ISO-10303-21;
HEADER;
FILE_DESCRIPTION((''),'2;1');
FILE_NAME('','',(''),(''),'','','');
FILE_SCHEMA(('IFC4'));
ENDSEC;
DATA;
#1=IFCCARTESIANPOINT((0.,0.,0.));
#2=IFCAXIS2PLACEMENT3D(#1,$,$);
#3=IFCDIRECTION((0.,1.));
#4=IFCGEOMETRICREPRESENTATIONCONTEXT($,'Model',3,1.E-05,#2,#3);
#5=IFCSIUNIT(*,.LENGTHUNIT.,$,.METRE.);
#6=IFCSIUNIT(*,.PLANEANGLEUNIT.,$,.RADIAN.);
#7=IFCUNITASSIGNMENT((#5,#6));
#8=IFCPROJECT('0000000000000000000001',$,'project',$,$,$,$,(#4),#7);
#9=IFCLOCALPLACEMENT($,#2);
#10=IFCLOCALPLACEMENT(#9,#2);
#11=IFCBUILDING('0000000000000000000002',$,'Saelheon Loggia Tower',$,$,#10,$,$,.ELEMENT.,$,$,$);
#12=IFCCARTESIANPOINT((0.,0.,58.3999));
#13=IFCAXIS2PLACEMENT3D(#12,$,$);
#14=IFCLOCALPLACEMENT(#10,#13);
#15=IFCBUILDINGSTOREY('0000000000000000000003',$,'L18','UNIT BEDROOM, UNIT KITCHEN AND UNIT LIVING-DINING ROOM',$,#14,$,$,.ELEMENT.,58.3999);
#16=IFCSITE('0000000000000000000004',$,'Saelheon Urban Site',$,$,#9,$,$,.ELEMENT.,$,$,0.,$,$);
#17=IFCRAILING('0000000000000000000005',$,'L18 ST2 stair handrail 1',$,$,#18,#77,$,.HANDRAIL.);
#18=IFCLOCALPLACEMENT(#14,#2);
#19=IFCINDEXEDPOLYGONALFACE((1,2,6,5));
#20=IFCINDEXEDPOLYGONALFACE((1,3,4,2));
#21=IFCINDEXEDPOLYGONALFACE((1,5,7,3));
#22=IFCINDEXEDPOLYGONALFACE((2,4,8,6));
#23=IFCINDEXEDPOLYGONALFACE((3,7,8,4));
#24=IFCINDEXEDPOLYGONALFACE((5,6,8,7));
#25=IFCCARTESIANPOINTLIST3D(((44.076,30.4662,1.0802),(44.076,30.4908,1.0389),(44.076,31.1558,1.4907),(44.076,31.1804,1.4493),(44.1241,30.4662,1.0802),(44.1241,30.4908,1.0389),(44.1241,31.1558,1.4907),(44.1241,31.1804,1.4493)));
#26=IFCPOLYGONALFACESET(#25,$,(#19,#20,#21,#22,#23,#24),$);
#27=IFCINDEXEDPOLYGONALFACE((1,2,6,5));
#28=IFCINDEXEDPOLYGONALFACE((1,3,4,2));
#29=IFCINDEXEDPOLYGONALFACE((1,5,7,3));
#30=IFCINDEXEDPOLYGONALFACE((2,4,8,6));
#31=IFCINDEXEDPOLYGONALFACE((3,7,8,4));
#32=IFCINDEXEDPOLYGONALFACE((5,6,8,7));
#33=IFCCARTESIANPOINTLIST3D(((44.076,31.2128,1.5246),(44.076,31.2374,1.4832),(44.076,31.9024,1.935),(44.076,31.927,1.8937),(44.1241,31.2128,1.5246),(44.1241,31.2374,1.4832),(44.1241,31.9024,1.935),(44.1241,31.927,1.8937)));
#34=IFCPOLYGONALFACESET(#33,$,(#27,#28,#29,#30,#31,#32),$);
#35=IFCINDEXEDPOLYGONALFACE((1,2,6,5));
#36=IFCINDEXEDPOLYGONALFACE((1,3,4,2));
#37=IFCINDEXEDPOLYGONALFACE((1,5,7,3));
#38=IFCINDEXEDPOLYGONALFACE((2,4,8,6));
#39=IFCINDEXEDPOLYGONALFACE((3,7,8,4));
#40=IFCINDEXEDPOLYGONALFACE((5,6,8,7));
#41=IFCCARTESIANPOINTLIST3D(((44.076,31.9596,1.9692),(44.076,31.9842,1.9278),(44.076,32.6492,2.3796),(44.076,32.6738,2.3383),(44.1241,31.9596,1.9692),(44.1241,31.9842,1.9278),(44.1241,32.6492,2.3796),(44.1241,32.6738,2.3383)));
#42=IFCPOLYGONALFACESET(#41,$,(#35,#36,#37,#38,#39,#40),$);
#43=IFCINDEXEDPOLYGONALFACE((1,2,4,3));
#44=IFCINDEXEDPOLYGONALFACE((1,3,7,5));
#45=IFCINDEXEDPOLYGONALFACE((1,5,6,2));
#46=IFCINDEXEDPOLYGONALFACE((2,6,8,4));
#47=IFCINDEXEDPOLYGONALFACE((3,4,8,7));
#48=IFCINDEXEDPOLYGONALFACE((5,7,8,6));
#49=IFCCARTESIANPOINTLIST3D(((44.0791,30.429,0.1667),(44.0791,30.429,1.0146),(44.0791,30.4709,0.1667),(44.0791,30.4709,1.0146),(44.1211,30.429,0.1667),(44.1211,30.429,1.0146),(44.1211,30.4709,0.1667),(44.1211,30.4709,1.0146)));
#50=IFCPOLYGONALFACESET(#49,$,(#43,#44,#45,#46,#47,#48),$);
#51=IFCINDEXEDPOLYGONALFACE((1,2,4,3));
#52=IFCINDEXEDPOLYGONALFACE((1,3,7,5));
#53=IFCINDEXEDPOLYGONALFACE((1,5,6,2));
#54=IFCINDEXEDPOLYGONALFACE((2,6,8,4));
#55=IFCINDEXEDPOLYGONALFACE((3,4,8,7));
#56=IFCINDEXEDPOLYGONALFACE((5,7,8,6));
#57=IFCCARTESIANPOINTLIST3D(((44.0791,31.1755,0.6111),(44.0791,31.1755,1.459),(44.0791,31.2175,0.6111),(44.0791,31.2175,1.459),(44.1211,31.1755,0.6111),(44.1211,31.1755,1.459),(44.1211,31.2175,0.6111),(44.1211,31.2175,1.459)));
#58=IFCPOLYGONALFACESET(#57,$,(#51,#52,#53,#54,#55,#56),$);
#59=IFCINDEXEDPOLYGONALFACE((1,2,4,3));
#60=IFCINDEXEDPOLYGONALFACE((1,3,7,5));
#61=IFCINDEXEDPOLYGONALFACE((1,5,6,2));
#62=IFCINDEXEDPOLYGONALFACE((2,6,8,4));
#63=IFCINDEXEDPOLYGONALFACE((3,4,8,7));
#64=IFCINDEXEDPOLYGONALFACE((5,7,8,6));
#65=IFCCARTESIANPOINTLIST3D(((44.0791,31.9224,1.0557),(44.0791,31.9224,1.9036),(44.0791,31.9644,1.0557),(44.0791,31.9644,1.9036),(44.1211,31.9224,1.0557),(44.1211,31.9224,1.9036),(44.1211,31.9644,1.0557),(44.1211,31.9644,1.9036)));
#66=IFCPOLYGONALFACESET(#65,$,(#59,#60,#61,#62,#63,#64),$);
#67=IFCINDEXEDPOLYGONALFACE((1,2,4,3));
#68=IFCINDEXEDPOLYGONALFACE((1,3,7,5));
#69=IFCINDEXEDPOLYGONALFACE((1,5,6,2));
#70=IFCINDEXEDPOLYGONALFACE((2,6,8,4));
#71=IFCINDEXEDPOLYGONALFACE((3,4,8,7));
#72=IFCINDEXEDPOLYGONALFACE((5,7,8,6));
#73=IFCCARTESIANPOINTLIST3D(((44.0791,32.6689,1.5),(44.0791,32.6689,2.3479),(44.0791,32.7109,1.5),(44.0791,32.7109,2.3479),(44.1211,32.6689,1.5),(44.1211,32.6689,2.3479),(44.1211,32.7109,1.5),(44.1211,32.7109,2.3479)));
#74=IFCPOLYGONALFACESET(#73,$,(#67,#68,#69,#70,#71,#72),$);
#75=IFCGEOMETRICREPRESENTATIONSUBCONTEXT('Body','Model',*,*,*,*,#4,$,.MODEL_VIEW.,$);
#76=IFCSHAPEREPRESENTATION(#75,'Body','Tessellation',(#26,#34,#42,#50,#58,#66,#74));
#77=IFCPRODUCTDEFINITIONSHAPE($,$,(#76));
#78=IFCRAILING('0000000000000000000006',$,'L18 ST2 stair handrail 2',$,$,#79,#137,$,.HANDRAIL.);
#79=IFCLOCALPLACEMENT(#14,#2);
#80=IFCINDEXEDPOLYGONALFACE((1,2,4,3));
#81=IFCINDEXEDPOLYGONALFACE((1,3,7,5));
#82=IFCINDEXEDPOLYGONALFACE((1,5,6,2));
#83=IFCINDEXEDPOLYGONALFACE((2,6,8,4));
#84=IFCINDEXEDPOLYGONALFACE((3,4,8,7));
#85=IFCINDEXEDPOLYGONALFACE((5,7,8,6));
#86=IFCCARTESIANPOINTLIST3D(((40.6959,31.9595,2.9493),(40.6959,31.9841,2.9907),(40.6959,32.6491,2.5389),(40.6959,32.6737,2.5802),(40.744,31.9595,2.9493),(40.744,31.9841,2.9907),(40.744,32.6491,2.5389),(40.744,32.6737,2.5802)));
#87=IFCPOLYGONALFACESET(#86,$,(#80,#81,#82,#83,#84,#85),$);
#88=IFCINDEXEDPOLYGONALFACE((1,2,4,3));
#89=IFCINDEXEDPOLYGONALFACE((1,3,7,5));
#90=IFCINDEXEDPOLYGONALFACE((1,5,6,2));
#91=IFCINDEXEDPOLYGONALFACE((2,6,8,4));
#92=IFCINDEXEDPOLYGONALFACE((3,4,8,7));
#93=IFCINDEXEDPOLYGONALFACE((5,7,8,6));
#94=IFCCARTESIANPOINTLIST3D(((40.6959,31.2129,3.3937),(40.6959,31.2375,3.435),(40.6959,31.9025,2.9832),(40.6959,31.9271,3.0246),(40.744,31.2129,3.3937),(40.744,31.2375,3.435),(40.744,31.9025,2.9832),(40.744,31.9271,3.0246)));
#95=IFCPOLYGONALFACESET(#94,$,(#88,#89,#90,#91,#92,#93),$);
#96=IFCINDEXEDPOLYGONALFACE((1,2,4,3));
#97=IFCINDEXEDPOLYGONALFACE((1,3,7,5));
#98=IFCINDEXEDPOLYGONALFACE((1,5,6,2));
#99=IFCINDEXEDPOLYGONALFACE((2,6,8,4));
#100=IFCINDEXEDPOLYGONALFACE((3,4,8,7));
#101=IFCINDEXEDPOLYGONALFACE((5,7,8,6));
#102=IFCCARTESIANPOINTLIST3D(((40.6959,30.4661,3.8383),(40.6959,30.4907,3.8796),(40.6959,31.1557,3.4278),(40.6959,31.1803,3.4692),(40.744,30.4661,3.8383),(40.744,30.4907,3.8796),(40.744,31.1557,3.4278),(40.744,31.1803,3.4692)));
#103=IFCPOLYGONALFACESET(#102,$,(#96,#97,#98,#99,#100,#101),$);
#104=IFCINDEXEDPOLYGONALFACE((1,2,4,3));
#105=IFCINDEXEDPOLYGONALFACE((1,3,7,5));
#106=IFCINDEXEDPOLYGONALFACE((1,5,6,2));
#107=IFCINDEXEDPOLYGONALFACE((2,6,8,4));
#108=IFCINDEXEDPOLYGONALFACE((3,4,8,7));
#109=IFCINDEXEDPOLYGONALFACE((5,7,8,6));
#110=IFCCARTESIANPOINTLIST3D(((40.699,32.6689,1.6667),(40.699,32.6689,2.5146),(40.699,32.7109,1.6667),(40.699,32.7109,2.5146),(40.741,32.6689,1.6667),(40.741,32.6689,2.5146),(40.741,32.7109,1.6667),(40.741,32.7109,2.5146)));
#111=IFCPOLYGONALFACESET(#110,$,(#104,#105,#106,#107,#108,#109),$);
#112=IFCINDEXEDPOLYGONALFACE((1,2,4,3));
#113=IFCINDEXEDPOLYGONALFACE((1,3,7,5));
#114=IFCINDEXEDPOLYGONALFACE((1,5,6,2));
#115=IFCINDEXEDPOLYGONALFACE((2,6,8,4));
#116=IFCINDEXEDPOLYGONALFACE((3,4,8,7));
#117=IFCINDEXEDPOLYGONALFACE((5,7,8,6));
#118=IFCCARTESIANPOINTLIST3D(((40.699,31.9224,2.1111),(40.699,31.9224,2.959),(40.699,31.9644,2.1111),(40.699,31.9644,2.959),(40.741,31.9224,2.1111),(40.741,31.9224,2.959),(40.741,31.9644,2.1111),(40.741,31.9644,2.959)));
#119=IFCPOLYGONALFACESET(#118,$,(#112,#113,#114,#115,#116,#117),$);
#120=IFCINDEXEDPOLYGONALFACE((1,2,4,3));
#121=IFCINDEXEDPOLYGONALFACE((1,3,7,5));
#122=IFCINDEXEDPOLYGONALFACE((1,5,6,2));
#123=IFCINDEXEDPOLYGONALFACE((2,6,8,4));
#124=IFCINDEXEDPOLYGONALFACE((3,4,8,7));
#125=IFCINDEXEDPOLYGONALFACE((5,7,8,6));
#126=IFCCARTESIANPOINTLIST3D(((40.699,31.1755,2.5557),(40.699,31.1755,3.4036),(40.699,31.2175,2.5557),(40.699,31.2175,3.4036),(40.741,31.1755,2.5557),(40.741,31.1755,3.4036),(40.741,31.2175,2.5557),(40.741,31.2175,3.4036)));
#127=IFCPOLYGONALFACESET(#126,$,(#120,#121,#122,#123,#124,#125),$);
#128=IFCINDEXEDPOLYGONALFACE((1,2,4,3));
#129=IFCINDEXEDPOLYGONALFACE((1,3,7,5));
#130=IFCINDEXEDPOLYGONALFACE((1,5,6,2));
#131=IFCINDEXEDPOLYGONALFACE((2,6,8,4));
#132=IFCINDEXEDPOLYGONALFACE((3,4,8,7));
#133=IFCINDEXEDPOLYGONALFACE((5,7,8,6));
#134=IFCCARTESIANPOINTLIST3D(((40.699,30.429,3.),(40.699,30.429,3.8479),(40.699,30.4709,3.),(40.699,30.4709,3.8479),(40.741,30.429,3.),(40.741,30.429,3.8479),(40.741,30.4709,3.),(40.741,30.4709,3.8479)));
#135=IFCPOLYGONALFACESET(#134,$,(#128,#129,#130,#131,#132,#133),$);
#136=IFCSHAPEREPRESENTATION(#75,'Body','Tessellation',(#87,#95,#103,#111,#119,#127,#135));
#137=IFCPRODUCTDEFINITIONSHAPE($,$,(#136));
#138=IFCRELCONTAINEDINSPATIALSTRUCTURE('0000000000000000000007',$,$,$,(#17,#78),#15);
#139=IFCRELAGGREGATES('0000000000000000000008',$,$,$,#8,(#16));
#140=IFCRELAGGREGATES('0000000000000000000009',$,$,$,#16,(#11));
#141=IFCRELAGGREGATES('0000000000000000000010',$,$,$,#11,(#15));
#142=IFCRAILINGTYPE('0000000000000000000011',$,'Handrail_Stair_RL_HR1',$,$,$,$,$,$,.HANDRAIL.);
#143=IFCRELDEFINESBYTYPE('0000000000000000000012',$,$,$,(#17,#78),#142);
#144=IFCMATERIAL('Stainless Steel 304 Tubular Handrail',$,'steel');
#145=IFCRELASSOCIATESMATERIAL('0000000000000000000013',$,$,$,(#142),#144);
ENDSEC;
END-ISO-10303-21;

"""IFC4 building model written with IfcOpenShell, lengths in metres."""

from ifc_helpers import new_model, si_unit, direction, frame, origin, origin_2d, place, context, subcontext, project, spatial, rectangle, extrude, material, type_object, element, save


model = new_model("IFC4")

# Units and contexts
model_context = context("Model", 3, precision=1e-05, world=origin(), true_north=direction((0.0, 1.0)))
body_context = subcontext(model_context, "Body", "Model", "MODEL_VIEW")
ifc_project = project(units=[si_unit("LENGTHUNIT", "METRE"), si_unit("PLANEANGLEUNIT", "RADIAN")], contexts=[model_context])

# Site, building, storey
site_placement = place(None, origin())
site = spatial("IfcSite", under=ifc_project, at=site_placement, Name="Saelheon Urban Site", CompositionType="ELEMENT", RefElevation=0.0)
building_placement = place(site_placement, origin())
building = spatial("IfcBuilding", under=site, at=building_placement, Name="Saelheon Loggia Tower", CompositionType="ELEMENT")
storey_placement = place(building_placement, frame((0.0, 0.0, 58.3999)))
storey = spatial("IfcBuildingStorey", under=building, at=storey_placement, Name="L18", Description="UNIT BEDROOM, UNIT KITCHEN AND UNIT LIVING-DINING ROOM", CompositionType="ELEMENT", Elevation=58.3999)

# Railings
ifc_material_1 = material(Name="Stainless Steel 304 Tubular Handrail", Category="steel")
railing_type_1 = type_object("IfcRailingType", Name="Handrail_Stair_RL_HR1", PredefinedType="HANDRAIL", material=ifc_material_1)
railing_1_placement = place(storey_placement, frame((44.1001, 30.45, 0.1667)))
element("IfcRailing", 1, at=railing_1_placement, inside=storey, type_object=railing_type_1, Name="L18 ST2 stair handrail 1", PredefinedType="HANDRAIL", context=body_context, shape_type="SweptSolid", body=[
    extrude(rectangle(XDim=0.0481, YDim=0.0481, at=origin_2d()), frame((0.0, 0.0286, 0.8928), z_axis=(0.0, 0.859306, 0.511462), x_axis=(-1.0, 0.0, 0.0)), (0.0, 0.0, 1.0), 0.8025),
    extrude(rectangle(XDim=0.0481, YDim=0.0481, at=origin_2d()), frame((0.0, 0.7751, 1.3372), z_axis=(0.0, 0.859306, 0.511462), x_axis=(-1.0, 0.0, 0.0)), (0.0, 0.0, 1.0), 0.8025),
    extrude(rectangle(XDim=0.0481, YDim=0.0481, at=origin_2d()), frame((0.0, 1.522, 1.7817), z_axis=(0.0, 0.859306, 0.511462), x_axis=(-1.0, 0.0, 0.0)), (0.0, 0.0, 1.0), 0.8025),
    extrude(rectangle(XDim=0.042, YDim=0.042, at=origin_2d()), origin(), (0.0, 0.0, 1.0), 0.8479),
    extrude(rectangle(XDim=0.042, YDim=0.042, at=origin_2d()), frame((0.0, 0.7466, 0.4443)), (0.0, 0.0, 1.0), 0.8479),
    extrude(rectangle(XDim=0.042, YDim=0.042, at=origin_2d()), frame((0.0, 1.4934, 0.8889)), (0.0, 0.0, 1.0), 0.8479),
    extrude(rectangle(XDim=0.042, YDim=0.042, at=origin_2d()), frame((0.0, 2.24, 1.3333)), (0.0, 0.0, 1.0), 0.8479),
])
railing_2_placement = place(storey_placement, frame((40.72, 32.6899, 1.6667)))
element("IfcRailing", 2, at=railing_2_placement, inside=storey, type_object=railing_type_1, Name="L18 ST2 stair handrail 2", PredefinedType="HANDRAIL", context=body_context, shape_type="SweptSolid", body=[
    extrude(rectangle(XDim=0.0481, YDim=0.0481, at=origin_2d()), frame((0.0, -0.0286, 0.8928), z_axis=(0.0, -0.859306, 0.511462), x_axis=(1.0, 0.0, 0.0)), (0.0, 0.0, 1.0), 0.8025),
    extrude(rectangle(XDim=0.0481, YDim=0.0481, at=origin_2d()), frame((0.0, -0.7751, 1.3372), z_axis=(0.0, -0.859306, 0.511462), x_axis=(1.0, 0.0, 0.0)), (0.0, 0.0, 1.0), 0.8025),
    extrude(rectangle(XDim=0.0481, YDim=0.0481, at=origin_2d()), frame((0.0, -1.522, 1.7817), z_axis=(0.0, -0.859306, 0.511462), x_axis=(1.0, 0.0, 0.0)), (0.0, 0.0, 1.0), 0.8025),
    extrude(rectangle(XDim=0.042, YDim=0.042, at=origin_2d()), origin(), (0.0, 0.0, 1.0), 0.8479),
    extrude(rectangle(XDim=0.042, YDim=0.042, at=origin_2d()), frame((0.0, -0.7466, 0.4443)), (0.0, 0.0, 1.0), 0.8479),
    extrude(rectangle(XDim=0.042, YDim=0.042, at=origin_2d()), frame((0.0, -1.4934, 0.8889)), (0.0, 0.0, 1.0), 0.8479),
    extrude(rectangle(XDim=0.042, YDim=0.042, at=origin_2d()), frame((0.0, -2.24, 1.3333)), (0.0, 0.0, 1.0), 0.8479),
])

save(model, "model.ifc")
